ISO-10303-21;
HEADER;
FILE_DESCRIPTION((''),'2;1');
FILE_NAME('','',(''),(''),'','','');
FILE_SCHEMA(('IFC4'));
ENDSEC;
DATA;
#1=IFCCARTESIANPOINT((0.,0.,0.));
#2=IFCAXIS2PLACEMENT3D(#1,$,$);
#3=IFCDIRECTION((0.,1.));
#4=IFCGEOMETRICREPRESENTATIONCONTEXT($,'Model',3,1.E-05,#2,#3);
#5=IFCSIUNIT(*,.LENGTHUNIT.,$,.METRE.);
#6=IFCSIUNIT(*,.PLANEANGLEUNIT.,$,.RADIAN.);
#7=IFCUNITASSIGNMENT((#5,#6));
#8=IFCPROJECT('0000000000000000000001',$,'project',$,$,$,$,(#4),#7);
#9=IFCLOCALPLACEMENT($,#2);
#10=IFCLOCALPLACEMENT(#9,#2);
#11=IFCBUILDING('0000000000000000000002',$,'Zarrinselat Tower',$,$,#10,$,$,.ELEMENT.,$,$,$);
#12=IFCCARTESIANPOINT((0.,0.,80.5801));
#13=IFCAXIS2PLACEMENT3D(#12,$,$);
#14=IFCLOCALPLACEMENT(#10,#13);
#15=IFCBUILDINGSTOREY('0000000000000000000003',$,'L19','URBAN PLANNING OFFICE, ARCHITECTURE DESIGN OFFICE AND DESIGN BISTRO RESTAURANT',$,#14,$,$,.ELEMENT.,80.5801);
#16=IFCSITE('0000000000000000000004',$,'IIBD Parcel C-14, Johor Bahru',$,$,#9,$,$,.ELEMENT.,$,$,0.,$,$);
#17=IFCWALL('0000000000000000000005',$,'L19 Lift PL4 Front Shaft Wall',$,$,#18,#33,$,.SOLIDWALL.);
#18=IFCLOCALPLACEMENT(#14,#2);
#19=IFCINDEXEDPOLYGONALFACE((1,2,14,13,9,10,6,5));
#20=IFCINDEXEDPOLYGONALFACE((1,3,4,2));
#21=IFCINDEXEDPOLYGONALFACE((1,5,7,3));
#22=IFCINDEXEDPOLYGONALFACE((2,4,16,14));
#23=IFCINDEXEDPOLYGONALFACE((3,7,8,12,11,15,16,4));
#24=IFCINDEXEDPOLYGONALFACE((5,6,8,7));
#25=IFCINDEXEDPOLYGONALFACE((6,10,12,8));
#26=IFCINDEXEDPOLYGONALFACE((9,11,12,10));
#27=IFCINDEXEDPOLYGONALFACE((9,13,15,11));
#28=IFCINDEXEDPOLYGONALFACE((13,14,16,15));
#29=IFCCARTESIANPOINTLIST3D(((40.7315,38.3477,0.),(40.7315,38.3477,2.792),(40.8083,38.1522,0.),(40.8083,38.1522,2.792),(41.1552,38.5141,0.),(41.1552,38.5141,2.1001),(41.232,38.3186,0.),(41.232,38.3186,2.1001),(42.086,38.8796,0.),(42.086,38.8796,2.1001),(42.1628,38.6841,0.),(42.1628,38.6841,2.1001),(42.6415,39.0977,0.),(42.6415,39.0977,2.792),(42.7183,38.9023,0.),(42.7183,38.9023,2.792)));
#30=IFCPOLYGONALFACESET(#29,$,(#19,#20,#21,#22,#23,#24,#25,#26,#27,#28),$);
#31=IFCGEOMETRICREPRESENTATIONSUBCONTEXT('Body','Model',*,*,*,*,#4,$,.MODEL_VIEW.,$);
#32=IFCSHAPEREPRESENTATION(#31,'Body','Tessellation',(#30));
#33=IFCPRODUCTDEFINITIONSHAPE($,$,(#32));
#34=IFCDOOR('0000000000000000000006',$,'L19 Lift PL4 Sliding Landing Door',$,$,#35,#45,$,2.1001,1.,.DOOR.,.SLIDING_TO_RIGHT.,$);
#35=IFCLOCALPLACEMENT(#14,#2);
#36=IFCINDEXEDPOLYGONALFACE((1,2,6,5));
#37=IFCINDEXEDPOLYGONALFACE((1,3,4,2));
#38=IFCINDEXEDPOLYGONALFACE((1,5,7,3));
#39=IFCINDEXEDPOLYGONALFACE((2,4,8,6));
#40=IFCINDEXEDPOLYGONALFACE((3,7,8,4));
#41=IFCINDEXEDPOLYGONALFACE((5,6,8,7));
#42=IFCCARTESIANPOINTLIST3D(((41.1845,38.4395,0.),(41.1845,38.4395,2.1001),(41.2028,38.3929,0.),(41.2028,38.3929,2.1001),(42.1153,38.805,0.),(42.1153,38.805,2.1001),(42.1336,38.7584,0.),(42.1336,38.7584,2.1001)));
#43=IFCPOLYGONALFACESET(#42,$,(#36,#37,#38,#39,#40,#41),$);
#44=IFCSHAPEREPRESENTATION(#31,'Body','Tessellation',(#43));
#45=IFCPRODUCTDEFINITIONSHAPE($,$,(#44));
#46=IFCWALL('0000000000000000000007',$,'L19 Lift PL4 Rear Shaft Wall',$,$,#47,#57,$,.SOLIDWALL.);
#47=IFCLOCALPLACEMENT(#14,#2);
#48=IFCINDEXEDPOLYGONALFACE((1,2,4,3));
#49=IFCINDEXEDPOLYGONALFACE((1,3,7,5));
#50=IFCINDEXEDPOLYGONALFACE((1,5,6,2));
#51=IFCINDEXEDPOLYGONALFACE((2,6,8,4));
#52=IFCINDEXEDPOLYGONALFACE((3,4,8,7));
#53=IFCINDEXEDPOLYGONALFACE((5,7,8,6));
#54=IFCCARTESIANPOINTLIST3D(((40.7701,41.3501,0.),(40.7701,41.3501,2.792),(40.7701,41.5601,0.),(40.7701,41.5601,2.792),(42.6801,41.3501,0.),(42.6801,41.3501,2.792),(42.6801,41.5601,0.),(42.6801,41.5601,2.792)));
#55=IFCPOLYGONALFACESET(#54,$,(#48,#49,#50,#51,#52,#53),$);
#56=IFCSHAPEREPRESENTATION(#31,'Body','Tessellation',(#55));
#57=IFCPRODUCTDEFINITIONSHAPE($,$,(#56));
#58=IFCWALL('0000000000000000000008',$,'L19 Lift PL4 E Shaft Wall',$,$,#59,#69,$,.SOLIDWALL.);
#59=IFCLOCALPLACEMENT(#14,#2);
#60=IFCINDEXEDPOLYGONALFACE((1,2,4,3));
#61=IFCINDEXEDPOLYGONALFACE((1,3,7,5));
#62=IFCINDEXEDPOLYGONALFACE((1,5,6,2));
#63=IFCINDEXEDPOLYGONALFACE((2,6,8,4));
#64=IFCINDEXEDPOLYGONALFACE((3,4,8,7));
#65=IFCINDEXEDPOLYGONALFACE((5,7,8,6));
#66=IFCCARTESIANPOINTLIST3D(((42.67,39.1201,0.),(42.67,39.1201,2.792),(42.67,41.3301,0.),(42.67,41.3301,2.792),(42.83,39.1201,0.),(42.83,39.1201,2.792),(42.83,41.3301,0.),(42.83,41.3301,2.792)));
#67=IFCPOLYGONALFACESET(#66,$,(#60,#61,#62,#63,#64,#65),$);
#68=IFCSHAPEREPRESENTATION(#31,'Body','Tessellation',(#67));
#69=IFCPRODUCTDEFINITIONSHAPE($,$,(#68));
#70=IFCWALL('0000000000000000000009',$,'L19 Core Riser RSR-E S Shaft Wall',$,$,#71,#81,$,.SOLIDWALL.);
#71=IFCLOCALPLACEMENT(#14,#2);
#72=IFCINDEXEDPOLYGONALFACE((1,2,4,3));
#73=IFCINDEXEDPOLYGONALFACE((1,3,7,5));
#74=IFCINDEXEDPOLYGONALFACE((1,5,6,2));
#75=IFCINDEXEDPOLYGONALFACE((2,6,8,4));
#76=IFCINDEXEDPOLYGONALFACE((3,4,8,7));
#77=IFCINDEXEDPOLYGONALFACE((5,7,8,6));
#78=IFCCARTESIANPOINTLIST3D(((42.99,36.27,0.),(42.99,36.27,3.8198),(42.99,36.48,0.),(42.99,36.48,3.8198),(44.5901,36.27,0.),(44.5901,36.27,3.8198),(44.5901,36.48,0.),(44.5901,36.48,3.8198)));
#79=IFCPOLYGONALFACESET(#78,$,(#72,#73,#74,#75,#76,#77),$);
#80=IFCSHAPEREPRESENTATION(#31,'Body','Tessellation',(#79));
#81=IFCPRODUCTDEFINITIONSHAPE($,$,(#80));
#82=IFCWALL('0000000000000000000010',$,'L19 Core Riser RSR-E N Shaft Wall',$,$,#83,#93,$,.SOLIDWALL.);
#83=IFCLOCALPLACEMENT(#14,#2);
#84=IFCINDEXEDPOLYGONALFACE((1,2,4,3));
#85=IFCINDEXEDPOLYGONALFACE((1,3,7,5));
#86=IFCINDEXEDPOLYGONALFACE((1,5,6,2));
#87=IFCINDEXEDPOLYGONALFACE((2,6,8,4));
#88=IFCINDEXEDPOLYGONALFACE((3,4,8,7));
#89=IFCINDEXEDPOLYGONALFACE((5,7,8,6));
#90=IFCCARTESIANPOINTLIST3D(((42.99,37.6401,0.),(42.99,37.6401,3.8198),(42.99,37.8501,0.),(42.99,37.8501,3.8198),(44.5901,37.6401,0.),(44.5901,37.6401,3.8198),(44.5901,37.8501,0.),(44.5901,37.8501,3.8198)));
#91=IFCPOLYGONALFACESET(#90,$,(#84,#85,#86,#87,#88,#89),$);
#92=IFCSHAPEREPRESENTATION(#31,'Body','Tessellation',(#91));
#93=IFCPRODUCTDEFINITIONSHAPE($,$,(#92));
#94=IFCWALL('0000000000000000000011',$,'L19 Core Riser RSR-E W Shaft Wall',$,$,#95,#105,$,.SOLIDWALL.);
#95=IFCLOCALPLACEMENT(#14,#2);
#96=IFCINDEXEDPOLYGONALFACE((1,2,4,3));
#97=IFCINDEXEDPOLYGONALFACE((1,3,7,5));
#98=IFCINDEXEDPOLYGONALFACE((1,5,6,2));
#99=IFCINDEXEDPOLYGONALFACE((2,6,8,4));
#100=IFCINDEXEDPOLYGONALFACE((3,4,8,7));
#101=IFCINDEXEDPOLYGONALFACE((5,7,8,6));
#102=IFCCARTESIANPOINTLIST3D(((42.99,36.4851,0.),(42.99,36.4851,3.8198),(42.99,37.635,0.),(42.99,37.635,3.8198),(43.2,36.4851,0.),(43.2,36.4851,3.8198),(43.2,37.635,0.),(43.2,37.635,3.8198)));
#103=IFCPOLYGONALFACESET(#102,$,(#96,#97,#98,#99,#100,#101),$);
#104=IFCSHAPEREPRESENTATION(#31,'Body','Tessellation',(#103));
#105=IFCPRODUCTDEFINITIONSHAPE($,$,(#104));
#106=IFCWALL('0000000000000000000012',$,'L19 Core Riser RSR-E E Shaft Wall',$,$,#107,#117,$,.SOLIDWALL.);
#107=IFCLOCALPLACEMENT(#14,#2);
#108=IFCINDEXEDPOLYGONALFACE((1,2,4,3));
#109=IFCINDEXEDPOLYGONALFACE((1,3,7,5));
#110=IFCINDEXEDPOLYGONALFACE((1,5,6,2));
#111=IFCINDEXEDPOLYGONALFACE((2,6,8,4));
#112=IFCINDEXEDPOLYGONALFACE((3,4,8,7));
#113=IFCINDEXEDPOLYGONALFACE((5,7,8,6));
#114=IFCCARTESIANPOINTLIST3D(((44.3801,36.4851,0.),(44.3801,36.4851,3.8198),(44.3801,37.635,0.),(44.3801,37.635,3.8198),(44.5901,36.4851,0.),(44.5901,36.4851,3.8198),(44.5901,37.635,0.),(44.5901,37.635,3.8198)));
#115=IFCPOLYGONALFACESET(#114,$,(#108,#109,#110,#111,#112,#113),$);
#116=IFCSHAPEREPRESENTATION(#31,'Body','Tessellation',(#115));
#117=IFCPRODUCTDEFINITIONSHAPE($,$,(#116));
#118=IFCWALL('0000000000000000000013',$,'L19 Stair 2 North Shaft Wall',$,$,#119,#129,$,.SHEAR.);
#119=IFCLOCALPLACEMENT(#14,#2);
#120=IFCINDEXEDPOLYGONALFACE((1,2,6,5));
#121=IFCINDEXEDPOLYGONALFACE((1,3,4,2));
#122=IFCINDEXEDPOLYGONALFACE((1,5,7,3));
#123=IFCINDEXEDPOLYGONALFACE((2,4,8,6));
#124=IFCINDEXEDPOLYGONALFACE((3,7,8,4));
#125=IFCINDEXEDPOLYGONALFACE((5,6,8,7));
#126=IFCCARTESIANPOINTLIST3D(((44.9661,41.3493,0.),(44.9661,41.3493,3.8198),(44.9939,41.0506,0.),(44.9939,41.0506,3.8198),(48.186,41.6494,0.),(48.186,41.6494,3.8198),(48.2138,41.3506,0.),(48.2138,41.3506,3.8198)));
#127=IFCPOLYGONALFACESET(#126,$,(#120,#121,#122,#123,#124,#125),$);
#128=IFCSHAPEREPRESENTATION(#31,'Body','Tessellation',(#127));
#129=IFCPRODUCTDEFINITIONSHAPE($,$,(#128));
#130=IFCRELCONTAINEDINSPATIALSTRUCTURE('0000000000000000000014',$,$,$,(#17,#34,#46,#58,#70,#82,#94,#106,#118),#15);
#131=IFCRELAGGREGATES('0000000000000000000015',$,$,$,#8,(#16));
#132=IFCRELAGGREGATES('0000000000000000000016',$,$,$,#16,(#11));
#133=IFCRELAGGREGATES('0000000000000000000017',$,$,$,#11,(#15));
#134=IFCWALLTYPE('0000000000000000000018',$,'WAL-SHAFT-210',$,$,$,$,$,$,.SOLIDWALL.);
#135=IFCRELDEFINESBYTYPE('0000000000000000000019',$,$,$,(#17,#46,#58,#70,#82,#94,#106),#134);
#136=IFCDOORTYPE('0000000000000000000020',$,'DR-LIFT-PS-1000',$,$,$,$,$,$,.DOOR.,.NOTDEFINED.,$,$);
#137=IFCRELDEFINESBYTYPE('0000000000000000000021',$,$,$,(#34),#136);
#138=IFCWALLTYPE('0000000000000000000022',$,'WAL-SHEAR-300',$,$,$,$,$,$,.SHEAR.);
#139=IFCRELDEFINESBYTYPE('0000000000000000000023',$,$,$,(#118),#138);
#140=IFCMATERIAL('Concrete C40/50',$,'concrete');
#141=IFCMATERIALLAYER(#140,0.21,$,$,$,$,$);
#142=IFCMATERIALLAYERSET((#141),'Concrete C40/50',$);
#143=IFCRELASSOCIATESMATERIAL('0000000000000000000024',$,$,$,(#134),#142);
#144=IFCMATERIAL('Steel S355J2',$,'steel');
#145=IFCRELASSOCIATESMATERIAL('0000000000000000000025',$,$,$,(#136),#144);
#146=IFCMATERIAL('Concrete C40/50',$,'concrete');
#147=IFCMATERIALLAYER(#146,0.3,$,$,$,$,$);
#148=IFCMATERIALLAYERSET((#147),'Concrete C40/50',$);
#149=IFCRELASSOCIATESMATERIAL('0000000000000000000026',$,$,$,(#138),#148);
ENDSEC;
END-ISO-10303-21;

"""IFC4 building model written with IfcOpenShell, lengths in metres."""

from ifc_helpers import new_model, si_unit, direction, frame, frame_2d, origin, place, context, subcontext, project, spatial, rectangle, extrude, material, layer, layer_set, type_object, element, fill, save


model = new_model("IFC4")

# Units and contexts
model_context = context("Model", 3, precision=1e-05, world=origin(), true_north=direction((0.0, 1.0)))
body_context = subcontext(model_context, "Body", "Model", "MODEL_VIEW")
ifc_project = project(units=[si_unit("LENGTHUNIT", "METRE"), si_unit("PLANEANGLEUNIT", "RADIAN")], contexts=[model_context])

# Site, building, storey
site_placement = place(None, origin())
site = spatial("IfcSite", under=ifc_project, at=site_placement, Name="IIBD Parcel C-14, Johor Bahru", CompositionType="ELEMENT", RefElevation=0.0)
building_placement = place(site_placement, origin())
building = spatial("IfcBuilding", under=site, at=building_placement, Name="Zarrinselat Tower", CompositionType="ELEMENT")
storey_placement = place(building_placement, frame((0.0, 0.0, 80.5801)))
storey = spatial("IfcBuildingStorey", under=building, at=storey_placement, Name="L19", Description="URBAN PLANNING OFFICE, ARCHITECTURE DESIGN OFFICE AND DESIGN BISTRO RESTAURANT", CompositionType="ELEMENT", Elevation=80.5801)

# Shared definitions
ifc_material_1 = material(Name="Concrete C40/50", Category="concrete")
ifc_layer_1 = layer(ifc_material_1, 0.21)
ifc_layer_set_1 = layer_set([ifc_layer_1], Name="Concrete C40/50")
wall_type_1 = type_object("IfcWallType", Name="WAL-SHAFT-210", PredefinedType="SOLIDWALL", material=ifc_layer_set_1)

# Shared definitions
ifc_material_2 = material(Name="Steel S355J2", Category="steel")
door_type = type_object("IfcDoorType", Name="DR-LIFT-PS-1000", OperationType="NOTDEFINED", PredefinedType="DOOR", material=ifc_material_2)

# Wall, opening, door
wall_1_placement = place(storey_placement, frame((40.77, 38.25, 0.0), z_axis=(0.0, 0.0, 1.0), x_axis=(0.930805, 0.365516, 0.0)))
wall_1 = element("IfcWall", 1, at=wall_1_placement, inside=storey, type_object=wall_type_1, Name="L19 Lift PL4 Front Shaft Wall", PredefinedType="SOLIDWALL", context=body_context, shape_type="SweptSolid", body=[
    extrude(rectangle(XDim=2.052, YDim=0.21, at=frame_2d((1.0259, 0.0))), origin(), (0.0, 0.0, 1.0), 2.792),
])
opening_1_placement = place(wall_1_placement, frame((0.4551, 0.0, 0.0)))
opening_1 = element("IfcOpeningElement", 2, at=opening_1_placement, cuts=wall_1, PredefinedType="OPENING", context=body_context, shape_type="SweptSolid", body=[
    extrude(rectangle(XDim=1.0, YDim=2.1001, at=frame_2d((0.5, 1.05))), frame((0.0, 0.115, 0.0), z_axis=(0.0, -1.0, 0.0), x_axis=(1.0, 0.0, 0.0)), (0.0, 0.0, 1.0), 0.23),
])
door_1_placement = place(opening_1_placement, origin())
door_1 = element("IfcDoor", 3, at=door_1_placement, inside=storey, type_object=door_type, Name="L19 Lift PL4 Sliding Landing Door", OperationType="SLIDING_TO_RIGHT", OverallHeight=2.1001, OverallWidth=1.0, PredefinedType="DOOR", context=body_context, shape_type="SweptSolid", body=[
    extrude(rectangle(XDim=1.0, YDim=2.1001, at=frame_2d((0.5, 1.05))), frame((0.0, 0.0249, 0.0), z_axis=(0.0, -1.0, 0.0), x_axis=(1.0, 0.0, 0.0)), (0.0, 0.0, 1.0), 0.05),
])
fill(opening_1, door_1)

# Walls
wall_2_placement = place(storey_placement, frame((40.77, 41.4551, 0.0), z_axis=(0.0, 0.0, 1.0), x_axis=(1.0, 0.0, 0.0)))
element("IfcWall", 4, at=wall_2_placement, inside=storey, type_object=wall_type_1, Name="L19 Lift PL4 Rear Shaft Wall", PredefinedType="SOLIDWALL", context=body_context, shape_type="SweptSolid", body=[
    extrude(rectangle(XDim=1.9099, YDim=0.21, at=frame_2d((0.9551, 0.0))), origin(), (0.0, 0.0, 1.0), 2.792),
])
wall_3_placement = place(storey_placement, frame((42.75, 39.1201, 0.0), z_axis=(0.0, 0.0, 1.0), x_axis=(0.0, 1.0, 0.0)))
element("IfcWall", 5, at=wall_3_placement, inside=storey, type_object=wall_type_1, Name="L19 Lift PL4 E Shaft Wall", PredefinedType="SOLIDWALL", context=body_context, shape_type="SweptSolid", body=[
    extrude(rectangle(XDim=2.21, YDim=0.1599, at=frame_2d((1.105, 0.0))), origin(), (0.0, 0.0, 1.0), 2.792),
])
for number, where, z_axis, x_axis, name in (
    (6, (42.99, 36.375, 0.0), (0.0, 0.0, 1.0), (1.0, 0.0, 0.0), "L19 Core Riser RSR-E S Shaft Wall"),
    (7, (42.99, 37.7451, 0.0), (0.0, 0.0, 1.0), (1.0, 0.0, 0.0), "L19 Core Riser RSR-E N Shaft Wall"),
):
    element("IfcWall", number, at=place(storey_placement, frame(where, z_axis=z_axis, x_axis=x_axis)), inside=storey, type_object=wall_type_1, Name=name, PredefinedType="SOLIDWALL", context=body_context, shape_type="SweptSolid", body=[
        extrude(rectangle(XDim=1.6001, YDim=0.21, at=frame_2d((0.8, 0.0))), origin(), (0.0, 0.0, 1.0), 3.8198),
    ])
for number, where, z_axis, x_axis, name in (
    (8, (43.095, 36.4851, 0.0), (0.0, 0.0, 1.0), (0.0, 1.0, 0.0), "L19 Core Riser RSR-E W Shaft Wall"),
    (9, (44.4851, 36.4851, 0.0), (0.0, 0.0, 1.0), (0.0, 1.0, 0.0), "L19 Core Riser RSR-E E Shaft Wall"),
):
    element("IfcWall", number, at=place(storey_placement, frame(where, z_axis=z_axis, x_axis=x_axis)), inside=storey, type_object=wall_type_1, Name=name, PredefinedType="SOLIDWALL", context=body_context, shape_type="SweptSolid", body=[
        extrude(rectangle(XDim=1.1499, YDim=0.21, at=frame_2d((0.575, 0.0))), origin(), (0.0, 0.0, 1.0), 3.8198),
    ])
ifc_material_3 = material(Name="Concrete C40/50", Category="concrete")
ifc_layer_2 = layer(ifc_material_3, 0.3)
ifc_layer_set_2 = layer_set([ifc_layer_2], Name="Concrete C40/50")
wall_type_2 = type_object("IfcWallType", Name="WAL-SHEAR-300", PredefinedType="SHEAR", material=ifc_layer_set_2)
wall_4_placement = place(storey_placement, frame((44.98, 41.2, 0.0), z_axis=(0.0, 0.0, 1.0), x_axis=(0.995686, 0.092782, 0.0)))
element("IfcWall", 10, at=wall_4_placement, inside=storey, type_object=wall_type_2, Name="L19 Stair 2 North Shaft Wall", PredefinedType="SHEAR", context=body_context, shape_type="SweptSolid", body=[
    extrude(rectangle(XDim=3.2339, YDim=0.3, at=frame_2d((1.6169, 0.0))), origin(), (0.0, 0.0, 1.0), 3.8198),
])

save(model, "model.ifc")
